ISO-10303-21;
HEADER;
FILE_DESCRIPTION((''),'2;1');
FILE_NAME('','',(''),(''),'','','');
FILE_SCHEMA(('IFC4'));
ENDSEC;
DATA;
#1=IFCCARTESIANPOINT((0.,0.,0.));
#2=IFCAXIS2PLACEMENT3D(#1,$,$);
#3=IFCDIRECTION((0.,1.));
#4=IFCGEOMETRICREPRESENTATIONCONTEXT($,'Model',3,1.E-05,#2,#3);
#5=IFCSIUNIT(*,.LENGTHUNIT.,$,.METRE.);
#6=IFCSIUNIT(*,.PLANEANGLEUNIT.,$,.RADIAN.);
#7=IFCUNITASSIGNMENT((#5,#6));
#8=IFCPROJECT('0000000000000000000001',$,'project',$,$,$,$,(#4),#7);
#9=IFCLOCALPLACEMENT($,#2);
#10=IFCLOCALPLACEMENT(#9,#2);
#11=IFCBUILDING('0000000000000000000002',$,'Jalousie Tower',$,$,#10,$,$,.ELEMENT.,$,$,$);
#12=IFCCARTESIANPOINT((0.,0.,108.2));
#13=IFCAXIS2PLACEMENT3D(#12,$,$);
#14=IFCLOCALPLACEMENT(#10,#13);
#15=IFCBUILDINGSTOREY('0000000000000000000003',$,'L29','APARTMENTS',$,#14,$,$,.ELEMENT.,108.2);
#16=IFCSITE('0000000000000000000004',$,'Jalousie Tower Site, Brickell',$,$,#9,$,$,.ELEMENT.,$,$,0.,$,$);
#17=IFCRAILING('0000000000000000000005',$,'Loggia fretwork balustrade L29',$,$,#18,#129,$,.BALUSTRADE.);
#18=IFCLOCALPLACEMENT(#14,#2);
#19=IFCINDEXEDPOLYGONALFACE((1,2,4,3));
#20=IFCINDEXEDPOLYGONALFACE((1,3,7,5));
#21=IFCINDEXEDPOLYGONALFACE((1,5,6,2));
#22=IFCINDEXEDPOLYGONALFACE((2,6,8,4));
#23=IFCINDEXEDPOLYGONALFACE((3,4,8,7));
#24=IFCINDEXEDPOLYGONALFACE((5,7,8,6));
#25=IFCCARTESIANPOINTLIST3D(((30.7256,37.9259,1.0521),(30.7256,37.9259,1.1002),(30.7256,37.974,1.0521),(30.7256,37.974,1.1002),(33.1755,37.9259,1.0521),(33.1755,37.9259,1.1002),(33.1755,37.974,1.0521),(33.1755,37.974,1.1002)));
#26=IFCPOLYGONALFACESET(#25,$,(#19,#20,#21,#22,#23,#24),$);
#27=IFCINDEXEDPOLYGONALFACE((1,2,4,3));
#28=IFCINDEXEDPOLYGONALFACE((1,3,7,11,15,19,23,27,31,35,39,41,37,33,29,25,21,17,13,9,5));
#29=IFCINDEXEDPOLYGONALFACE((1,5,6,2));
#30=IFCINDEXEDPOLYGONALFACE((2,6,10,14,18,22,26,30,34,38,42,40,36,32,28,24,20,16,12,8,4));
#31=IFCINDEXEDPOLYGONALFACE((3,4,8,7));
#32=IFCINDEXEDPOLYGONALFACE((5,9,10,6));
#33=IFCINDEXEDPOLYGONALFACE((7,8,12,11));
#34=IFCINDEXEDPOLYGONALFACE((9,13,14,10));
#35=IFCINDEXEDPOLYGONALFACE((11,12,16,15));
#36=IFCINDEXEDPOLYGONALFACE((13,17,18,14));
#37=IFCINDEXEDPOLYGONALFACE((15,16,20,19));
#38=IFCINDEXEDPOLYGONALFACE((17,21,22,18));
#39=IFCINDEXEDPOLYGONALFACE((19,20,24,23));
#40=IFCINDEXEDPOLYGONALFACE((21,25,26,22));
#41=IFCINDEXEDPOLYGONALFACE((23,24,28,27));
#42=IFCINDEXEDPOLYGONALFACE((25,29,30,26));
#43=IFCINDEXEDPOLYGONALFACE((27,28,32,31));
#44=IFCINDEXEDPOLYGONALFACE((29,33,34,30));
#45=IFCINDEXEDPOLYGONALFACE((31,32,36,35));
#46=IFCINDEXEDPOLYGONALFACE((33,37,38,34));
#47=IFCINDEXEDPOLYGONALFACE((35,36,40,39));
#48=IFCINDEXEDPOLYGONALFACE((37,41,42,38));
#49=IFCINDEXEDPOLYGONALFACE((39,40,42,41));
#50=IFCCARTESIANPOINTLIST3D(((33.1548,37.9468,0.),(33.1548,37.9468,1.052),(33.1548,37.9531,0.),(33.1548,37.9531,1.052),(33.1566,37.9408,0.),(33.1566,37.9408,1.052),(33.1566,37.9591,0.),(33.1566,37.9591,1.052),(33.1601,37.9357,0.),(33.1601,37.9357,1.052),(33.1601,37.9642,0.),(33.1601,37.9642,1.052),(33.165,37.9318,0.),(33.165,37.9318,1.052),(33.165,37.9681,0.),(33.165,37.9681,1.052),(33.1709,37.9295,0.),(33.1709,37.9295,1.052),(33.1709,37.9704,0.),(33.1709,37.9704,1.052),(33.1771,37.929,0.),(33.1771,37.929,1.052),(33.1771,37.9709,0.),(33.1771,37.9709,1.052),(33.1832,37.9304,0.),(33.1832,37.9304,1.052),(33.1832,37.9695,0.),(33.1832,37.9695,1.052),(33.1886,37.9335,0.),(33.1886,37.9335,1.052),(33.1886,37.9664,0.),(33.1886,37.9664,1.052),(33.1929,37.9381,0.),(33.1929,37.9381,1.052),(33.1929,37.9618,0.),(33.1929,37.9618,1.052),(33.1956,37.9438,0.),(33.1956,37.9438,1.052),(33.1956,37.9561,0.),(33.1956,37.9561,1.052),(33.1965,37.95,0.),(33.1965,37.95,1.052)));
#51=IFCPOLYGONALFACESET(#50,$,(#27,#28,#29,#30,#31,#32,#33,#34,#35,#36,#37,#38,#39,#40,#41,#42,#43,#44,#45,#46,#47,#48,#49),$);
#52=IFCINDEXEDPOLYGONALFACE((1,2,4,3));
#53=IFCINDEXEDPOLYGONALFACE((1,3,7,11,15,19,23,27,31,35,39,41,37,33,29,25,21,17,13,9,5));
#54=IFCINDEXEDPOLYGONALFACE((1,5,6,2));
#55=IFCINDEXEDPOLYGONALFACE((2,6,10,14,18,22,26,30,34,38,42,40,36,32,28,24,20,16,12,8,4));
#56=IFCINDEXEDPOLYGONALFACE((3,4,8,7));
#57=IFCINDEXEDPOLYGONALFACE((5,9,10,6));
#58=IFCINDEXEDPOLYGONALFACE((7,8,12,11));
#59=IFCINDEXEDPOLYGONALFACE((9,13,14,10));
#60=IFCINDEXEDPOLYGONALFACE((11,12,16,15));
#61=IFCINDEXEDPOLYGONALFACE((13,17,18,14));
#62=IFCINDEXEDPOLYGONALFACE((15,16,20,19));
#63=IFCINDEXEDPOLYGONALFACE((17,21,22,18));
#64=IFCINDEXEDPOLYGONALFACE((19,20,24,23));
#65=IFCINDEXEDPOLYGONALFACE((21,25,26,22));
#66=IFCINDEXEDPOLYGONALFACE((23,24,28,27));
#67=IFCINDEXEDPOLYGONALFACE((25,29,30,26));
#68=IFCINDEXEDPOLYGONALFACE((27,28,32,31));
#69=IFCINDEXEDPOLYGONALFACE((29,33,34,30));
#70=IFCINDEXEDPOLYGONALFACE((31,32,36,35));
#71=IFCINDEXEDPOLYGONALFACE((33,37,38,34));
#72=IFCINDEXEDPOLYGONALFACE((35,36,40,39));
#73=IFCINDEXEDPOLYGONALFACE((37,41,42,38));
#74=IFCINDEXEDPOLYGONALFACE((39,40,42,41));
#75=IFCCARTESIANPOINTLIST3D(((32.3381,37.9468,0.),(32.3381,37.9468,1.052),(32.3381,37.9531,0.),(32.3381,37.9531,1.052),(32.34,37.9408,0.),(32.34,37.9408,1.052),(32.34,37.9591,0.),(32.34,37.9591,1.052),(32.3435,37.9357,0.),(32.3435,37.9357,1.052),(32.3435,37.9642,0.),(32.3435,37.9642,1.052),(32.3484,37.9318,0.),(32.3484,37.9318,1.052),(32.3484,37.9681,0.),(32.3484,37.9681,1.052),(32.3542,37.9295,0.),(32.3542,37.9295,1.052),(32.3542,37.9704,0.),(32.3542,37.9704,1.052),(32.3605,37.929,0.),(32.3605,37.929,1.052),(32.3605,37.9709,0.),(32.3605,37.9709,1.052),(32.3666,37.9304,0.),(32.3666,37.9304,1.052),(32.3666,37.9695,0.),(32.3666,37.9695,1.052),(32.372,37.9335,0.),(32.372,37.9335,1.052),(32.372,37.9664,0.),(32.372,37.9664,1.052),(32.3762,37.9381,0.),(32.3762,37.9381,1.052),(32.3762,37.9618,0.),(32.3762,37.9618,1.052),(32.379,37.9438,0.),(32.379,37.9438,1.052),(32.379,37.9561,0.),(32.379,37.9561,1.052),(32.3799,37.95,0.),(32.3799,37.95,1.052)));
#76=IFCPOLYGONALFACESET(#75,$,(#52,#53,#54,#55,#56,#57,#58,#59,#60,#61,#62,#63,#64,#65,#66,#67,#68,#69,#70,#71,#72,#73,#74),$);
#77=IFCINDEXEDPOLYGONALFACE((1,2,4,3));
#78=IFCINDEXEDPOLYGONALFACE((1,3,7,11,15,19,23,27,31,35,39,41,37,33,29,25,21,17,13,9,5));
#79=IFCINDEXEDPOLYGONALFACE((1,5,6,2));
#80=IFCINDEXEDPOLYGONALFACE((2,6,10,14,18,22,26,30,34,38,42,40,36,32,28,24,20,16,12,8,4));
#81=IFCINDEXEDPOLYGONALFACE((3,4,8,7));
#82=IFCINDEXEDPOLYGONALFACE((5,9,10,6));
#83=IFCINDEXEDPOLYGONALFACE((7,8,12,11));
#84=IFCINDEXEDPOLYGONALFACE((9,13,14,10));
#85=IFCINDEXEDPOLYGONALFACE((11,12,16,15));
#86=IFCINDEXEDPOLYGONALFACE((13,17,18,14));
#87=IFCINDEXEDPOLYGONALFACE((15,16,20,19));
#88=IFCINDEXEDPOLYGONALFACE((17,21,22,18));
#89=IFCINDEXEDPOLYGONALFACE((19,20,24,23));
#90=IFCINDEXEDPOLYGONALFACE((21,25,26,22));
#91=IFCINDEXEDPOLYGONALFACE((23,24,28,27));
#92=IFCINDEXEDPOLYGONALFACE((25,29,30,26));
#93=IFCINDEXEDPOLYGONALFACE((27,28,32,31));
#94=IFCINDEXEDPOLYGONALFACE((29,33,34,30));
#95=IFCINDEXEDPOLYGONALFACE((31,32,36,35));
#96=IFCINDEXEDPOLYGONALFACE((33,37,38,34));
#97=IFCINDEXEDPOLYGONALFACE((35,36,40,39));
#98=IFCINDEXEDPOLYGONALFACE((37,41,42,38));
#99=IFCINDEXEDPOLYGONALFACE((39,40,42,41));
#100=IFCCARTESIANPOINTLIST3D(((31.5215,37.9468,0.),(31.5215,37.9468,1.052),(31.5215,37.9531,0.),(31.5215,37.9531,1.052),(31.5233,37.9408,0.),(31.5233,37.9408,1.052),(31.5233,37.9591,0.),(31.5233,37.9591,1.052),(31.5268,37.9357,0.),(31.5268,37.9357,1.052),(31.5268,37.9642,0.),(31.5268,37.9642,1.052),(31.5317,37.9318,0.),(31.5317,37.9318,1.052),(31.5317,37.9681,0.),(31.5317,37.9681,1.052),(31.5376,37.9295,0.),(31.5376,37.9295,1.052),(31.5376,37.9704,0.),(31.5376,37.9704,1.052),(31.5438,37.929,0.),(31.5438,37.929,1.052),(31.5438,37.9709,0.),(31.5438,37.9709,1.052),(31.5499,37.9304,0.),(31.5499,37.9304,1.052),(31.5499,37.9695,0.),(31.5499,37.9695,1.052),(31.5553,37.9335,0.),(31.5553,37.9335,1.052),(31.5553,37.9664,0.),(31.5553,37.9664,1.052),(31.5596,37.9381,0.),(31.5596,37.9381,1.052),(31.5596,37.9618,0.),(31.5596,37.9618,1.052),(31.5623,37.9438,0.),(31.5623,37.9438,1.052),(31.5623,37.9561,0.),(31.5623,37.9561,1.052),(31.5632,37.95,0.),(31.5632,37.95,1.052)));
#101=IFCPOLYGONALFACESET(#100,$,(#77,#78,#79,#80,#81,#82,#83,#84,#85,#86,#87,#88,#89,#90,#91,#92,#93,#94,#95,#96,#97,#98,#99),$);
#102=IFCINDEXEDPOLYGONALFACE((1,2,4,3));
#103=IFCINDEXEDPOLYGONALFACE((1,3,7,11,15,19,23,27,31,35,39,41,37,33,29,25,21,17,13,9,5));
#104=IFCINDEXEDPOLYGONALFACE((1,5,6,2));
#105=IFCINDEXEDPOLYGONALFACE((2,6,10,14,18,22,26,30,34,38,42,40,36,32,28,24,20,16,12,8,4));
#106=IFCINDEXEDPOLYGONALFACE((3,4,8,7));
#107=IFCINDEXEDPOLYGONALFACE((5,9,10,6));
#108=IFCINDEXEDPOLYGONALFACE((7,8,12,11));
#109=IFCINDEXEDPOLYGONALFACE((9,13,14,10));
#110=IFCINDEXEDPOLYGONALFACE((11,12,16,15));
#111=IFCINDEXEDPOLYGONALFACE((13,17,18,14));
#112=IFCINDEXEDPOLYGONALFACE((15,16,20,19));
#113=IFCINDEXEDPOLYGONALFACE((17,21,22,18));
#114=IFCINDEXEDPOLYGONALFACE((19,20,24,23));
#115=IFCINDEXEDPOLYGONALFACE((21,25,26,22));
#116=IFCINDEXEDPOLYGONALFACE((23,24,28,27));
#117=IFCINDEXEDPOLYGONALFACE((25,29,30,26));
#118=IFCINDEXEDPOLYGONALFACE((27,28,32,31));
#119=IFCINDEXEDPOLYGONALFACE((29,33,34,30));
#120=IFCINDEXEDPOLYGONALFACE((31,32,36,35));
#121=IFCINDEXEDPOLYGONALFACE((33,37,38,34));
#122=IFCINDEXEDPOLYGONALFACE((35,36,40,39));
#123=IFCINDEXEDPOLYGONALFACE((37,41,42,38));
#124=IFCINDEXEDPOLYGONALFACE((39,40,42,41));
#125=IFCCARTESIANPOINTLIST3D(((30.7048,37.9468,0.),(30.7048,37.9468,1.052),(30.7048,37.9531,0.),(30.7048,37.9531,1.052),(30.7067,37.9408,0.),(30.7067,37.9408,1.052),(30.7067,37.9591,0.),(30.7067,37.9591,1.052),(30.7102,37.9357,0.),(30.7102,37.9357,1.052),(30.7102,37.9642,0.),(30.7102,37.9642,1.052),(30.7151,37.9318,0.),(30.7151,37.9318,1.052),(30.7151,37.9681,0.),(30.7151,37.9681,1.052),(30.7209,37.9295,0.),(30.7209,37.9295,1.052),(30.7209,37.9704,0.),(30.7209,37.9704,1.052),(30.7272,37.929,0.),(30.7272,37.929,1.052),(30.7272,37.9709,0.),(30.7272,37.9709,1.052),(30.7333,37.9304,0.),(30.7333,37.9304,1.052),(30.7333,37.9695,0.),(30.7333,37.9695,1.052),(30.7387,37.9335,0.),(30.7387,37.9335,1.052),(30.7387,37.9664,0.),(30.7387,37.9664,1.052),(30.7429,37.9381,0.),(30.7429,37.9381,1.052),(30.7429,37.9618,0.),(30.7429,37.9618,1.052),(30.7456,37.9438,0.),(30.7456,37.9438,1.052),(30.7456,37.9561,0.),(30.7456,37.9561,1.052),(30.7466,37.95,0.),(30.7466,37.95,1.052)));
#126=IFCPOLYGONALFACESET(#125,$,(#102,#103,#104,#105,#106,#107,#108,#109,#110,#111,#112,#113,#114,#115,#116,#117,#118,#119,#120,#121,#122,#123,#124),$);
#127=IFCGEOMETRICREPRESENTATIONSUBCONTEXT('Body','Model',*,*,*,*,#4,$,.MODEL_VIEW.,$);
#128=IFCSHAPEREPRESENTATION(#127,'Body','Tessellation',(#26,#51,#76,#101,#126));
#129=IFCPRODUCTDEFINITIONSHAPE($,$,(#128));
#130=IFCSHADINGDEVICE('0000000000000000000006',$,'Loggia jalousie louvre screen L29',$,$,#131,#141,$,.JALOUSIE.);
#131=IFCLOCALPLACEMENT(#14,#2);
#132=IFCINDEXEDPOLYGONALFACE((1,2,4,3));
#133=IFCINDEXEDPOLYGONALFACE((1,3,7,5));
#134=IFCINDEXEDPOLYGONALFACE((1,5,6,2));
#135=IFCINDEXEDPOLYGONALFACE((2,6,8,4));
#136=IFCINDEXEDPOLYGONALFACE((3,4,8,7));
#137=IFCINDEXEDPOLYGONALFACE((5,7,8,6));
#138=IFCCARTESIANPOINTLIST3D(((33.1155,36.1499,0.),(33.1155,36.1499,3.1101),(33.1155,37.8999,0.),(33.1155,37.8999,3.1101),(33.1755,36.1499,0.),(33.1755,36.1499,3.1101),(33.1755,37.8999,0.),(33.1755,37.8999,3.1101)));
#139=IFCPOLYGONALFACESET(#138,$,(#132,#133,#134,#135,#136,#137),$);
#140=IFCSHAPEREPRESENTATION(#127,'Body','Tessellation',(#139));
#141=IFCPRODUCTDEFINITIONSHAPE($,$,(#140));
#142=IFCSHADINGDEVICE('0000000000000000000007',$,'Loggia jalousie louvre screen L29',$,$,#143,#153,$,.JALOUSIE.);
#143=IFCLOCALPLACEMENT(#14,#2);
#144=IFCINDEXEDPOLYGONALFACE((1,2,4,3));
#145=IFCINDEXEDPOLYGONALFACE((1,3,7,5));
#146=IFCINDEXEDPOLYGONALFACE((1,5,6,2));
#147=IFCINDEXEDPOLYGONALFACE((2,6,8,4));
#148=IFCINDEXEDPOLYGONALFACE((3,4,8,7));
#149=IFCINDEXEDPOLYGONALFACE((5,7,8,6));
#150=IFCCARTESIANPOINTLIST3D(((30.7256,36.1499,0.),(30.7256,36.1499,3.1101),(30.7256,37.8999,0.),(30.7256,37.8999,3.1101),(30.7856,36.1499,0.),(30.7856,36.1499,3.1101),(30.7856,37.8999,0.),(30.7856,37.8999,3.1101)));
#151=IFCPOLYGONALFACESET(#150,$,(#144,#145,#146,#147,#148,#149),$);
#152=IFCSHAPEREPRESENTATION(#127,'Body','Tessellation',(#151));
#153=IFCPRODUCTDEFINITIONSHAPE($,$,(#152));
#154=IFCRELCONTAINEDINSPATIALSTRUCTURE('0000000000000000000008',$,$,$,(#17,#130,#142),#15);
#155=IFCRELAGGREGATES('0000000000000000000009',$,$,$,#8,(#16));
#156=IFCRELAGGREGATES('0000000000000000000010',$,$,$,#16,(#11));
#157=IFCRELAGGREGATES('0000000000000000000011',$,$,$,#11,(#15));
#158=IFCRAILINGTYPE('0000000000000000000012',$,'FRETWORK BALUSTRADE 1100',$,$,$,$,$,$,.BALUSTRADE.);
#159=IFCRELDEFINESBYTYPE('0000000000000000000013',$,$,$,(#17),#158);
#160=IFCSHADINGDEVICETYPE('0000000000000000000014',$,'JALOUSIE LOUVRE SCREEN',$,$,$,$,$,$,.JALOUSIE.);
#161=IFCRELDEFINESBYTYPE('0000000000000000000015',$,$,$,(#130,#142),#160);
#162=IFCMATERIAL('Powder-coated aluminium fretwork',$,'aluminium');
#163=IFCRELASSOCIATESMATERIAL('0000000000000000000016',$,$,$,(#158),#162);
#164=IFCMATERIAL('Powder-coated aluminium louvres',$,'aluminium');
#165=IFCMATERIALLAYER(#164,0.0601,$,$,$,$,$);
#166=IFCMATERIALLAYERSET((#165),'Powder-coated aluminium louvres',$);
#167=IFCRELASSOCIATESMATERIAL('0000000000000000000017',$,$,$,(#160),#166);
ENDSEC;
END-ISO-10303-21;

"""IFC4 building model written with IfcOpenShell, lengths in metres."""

from ifc_helpers import new_model, si_unit, direction, frame, origin, origin_2d, place, context, subcontext, project, spatial, rectangle, circle, extrude, material, layer, layer_set, type_object, element, save


model = new_model("IFC4")

# Units and contexts
model_context = context("Model", 3, precision=1e-05, world=origin(), true_north=direction((0.0, 1.0)))
body_context = subcontext(model_context, "Body", "Model", "MODEL_VIEW")
ifc_project = project(units=[si_unit("LENGTHUNIT", "METRE"), si_unit("PLANEANGLEUNIT", "RADIAN")], contexts=[model_context])

# Site, building, storey
site_placement = place(None, origin())
site = spatial("IfcSite", under=ifc_project, at=site_placement, Name="Jalousie Tower Site, Brickell", CompositionType="ELEMENT", RefElevation=0.0)
building_placement = place(site_placement, origin())
building = spatial("IfcBuilding", under=site, at=building_placement, Name="Jalousie Tower", CompositionType="ELEMENT")
storey_placement = place(building_placement, frame((0.0, 0.0, 108.2)))
storey = spatial("IfcBuildingStorey", under=building, at=storey_placement, Name="L29", Description="APARTMENTS", CompositionType="ELEMENT", Elevation=108.2)

# Railing
ifc_material_1 = material(Name="Powder-coated aluminium fretwork", Category="aluminium")
railing_type = type_object("IfcRailingType", Name="FRETWORK BALUSTRADE 1100", PredefinedType="BALUSTRADE", material=ifc_material_1)
railing_placement = place(storey_placement, frame((33.1755, 37.95, 0.0)))
element("IfcRailing", 1, at=railing_placement, inside=storey, type_object=railing_type, Name="Loggia fretwork balustrade L29", PredefinedType="BALUSTRADE", context=body_context, shape_type="SweptSolid", body=[
    extrude(rectangle(XDim=0.0481, YDim=0.0481, at=origin_2d()), frame((0.0, 0.0, 1.0762), z_axis=(-1.0, 0.0, 0.0), x_axis=(0.0, -1.0, 0.0)), (0.0, 0.0, 1.0), 2.45),
    extrude(circle(Radius=0.021, at=origin_2d()), origin(), (0.0, 0.0, 1.0), 1.052),
    extrude(circle(Radius=0.021, at=origin_2d()), frame((-0.8167, 0.0, 0.0)), (0.0, 0.0, 1.0), 1.052),
    extrude(circle(Radius=0.021, at=origin_2d()), frame((-1.6333, 0.0, 0.0)), (0.0, 0.0, 1.0), 1.052),
    extrude(circle(Radius=0.021, at=origin_2d()), frame((-2.45, 0.0, 0.0)), (0.0, 0.0, 1.0), 1.052),
])

# Shading devices
ifc_material_2 = material(Name="Powder-coated aluminium louvres", Category="aluminium")
ifc_layer_1 = layer(ifc_material_2, 0.0601)
ifc_layer_set_1 = layer_set([ifc_layer_1], Name="Powder-coated aluminium louvres")
shading_device_type_1 = type_object("IfcShadingDeviceType", Name="JALOUSIE LOUVRE SCREEN", PredefinedType="JALOUSIE", material=ifc_layer_set_1)
for number, where, z_axis, x_axis, name in (
    (2, (33.1455, 37.0249, 0.0), (0.0, 0.0, 1.0), (-1.0, 0.0, 0.0), "Loggia jalousie louvre screen L29"),
    (3, (30.7556, 37.0249, 0.0), (0.0, 0.0, 1.0), (-1.0, 0.0, 0.0), "Loggia jalousie louvre screen L29"),
):
    element("IfcShadingDevice", number, at=place(storey_placement, frame(where, z_axis=z_axis, x_axis=x_axis)), inside=storey, type_object=shading_device_type_1, Name=name, PredefinedType="JALOUSIE", context=body_context, shape_type="SweptSolid", body=[
        extrude(rectangle(XDim=0.0601, YDim=1.75, at=origin_2d()), origin(), (0.0, 0.0, 1.0), 3.1101),
    ])

save(model, "model.ifc")
